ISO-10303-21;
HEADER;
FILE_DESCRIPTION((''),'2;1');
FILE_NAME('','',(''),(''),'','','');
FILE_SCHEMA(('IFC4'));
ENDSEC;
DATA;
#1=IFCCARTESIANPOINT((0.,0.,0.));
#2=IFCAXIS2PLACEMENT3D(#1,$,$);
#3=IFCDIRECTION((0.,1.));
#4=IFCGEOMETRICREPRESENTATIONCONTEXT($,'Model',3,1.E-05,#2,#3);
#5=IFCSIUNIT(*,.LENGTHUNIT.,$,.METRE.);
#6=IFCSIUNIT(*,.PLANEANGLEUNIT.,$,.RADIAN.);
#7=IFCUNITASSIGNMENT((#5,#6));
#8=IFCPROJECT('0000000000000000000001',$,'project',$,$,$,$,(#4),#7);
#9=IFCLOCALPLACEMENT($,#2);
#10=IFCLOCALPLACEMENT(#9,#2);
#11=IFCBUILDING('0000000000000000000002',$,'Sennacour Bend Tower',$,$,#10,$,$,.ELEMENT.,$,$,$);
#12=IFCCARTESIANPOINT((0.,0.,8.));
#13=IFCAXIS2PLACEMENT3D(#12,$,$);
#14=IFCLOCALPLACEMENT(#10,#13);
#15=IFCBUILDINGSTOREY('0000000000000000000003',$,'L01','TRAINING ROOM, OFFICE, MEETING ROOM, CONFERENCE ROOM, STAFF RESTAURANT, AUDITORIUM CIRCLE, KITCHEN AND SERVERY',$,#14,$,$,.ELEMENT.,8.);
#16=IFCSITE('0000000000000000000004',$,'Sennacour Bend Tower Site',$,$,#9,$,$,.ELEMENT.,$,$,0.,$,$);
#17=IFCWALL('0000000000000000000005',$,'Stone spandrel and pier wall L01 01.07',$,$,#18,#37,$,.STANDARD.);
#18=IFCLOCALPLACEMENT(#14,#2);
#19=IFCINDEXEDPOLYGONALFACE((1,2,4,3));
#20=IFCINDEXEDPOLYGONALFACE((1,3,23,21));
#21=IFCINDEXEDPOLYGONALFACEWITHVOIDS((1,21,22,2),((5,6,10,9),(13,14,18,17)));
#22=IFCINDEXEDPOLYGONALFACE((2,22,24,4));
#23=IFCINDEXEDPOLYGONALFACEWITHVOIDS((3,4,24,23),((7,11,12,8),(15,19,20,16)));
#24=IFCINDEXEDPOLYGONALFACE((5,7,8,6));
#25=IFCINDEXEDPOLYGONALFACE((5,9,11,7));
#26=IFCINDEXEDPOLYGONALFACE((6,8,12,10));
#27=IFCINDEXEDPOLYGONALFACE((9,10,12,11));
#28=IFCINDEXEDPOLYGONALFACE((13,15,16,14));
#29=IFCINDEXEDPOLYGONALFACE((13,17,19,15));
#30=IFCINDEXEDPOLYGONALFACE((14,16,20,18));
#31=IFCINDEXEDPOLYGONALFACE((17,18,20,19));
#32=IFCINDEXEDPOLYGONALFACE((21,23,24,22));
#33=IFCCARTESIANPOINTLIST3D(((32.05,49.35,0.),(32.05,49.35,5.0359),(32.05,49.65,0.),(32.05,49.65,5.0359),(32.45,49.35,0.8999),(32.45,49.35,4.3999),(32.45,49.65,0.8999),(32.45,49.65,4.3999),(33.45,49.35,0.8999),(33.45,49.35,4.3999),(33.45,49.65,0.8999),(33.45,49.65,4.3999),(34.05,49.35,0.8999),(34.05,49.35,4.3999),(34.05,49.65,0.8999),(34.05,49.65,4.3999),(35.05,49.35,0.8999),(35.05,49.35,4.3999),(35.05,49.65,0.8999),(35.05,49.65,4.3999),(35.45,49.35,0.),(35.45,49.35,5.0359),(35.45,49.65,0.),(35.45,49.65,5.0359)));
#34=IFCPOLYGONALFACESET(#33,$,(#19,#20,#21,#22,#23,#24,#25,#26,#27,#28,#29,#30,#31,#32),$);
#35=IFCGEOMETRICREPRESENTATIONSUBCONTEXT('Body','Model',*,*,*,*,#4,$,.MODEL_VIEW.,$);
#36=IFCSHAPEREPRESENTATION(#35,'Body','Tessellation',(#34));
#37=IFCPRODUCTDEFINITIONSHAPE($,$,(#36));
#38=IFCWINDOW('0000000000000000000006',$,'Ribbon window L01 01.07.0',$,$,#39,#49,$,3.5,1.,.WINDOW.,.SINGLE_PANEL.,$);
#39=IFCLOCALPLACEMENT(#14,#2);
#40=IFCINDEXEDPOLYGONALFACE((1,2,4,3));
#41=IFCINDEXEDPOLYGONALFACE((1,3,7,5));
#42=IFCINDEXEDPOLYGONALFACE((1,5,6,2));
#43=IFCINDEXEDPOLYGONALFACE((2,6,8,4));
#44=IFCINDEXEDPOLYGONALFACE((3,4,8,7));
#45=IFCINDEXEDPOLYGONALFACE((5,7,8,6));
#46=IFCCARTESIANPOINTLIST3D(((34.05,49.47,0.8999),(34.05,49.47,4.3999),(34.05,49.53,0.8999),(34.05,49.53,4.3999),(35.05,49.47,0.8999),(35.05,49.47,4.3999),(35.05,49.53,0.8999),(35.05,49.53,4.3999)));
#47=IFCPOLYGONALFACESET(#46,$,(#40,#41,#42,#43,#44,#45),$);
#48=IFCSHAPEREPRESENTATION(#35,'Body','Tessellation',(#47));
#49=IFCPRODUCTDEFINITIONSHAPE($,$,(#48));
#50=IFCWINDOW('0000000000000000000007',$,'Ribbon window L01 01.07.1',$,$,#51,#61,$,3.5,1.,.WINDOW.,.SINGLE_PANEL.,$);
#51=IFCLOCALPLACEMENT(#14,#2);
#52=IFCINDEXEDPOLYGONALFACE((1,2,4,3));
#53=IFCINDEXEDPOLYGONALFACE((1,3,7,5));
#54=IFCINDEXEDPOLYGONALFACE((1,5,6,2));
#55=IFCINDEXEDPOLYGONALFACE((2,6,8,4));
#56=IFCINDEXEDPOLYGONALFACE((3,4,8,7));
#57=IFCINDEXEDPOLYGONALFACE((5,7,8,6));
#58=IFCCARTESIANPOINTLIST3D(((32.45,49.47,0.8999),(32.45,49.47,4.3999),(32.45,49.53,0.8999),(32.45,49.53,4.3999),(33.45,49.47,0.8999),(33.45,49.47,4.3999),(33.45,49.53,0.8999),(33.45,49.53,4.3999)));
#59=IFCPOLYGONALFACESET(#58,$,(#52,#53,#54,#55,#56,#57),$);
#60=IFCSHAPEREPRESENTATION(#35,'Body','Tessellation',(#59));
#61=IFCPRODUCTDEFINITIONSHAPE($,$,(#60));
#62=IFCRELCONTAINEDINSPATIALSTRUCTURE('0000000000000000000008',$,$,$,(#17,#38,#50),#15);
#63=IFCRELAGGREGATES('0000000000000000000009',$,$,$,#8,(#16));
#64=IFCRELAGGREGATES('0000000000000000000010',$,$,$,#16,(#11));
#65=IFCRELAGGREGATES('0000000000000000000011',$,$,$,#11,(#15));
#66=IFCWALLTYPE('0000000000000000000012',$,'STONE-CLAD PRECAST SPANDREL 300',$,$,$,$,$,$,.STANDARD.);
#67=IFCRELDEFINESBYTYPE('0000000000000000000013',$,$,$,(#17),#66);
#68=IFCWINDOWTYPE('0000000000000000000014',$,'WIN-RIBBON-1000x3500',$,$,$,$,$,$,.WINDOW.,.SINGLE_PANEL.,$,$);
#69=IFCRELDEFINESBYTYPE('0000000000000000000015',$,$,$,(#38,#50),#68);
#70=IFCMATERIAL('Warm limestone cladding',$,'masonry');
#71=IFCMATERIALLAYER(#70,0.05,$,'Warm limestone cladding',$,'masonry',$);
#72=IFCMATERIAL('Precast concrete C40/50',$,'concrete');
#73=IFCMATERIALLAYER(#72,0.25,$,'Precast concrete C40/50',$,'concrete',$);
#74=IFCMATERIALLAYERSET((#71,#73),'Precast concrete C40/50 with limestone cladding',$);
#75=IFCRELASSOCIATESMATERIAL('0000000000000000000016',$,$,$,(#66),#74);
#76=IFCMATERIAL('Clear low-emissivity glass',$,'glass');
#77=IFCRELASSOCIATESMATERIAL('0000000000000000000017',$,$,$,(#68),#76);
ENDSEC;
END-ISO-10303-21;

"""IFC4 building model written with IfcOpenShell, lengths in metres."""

from ifc_helpers import new_model, si_unit, direction, frame, frame_2d, origin, place, context, subcontext, project, spatial, rectangle, extrude, material, layer, layer_set, type_object, element, fill, save


model = new_model("IFC4")

# Units and contexts
model_context = context("Model", 3, precision=1e-05, world=origin(), true_north=direction((0.0, 1.0)))
body_context = subcontext(model_context, "Body", "Model", "MODEL_VIEW")
ifc_project = project(units=[si_unit("LENGTHUNIT", "METRE"), si_unit("PLANEANGLEUNIT", "RADIAN")], contexts=[model_context])

# Site, building, storey
site_placement = place(None, origin())
site = spatial("IfcSite", under=ifc_project, at=site_placement, Name="Sennacour Bend Tower Site", CompositionType="ELEMENT", RefElevation=0.0)
building_placement = place(site_placement, origin())
building = spatial("IfcBuilding", under=site, at=building_placement, Name="Sennacour Bend Tower", CompositionType="ELEMENT")
storey_placement = place(building_placement, frame((0.0, 0.0, 8.0)))
storey = spatial("IfcBuildingStorey", under=building, at=storey_placement, Name="L01", Description="TRAINING ROOM, OFFICE, MEETING ROOM, CONFERENCE ROOM, STAFF RESTAURANT, AUDITORIUM CIRCLE, KITCHEN AND SERVERY", CompositionType="ELEMENT", Elevation=8.0)

# Wall, openings, windows
ifc_material_1 = material(Name="Warm limestone cladding", Category="masonry")
ifc_layer_1 = layer(ifc_material_1, 0.05, Name="Warm limestone cladding", Category="masonry")
ifc_material_2 = material(Name="Precast concrete C40/50", Category="concrete")
ifc_layer_2 = layer(ifc_material_2, 0.25, Name="Precast concrete C40/50", Category="concrete")
ifc_layer_set = layer_set([ifc_layer_1, ifc_layer_2], Name="Precast concrete C40/50 with limestone cladding")
wall_type = type_object("IfcWallType", Name="STONE-CLAD PRECAST SPANDREL 300", PredefinedType="STANDARD", material=ifc_layer_set)
ifc_material_3 = material(Name="Clear low-emissivity glass", Category="glass")
window_type = type_object("IfcWindowType", Name="WIN-RIBBON-1000x3500", PartitioningType="SINGLE_PANEL", PredefinedType="WINDOW", material=ifc_material_3)
wall_1_placement = place(storey_placement, frame((35.45, 49.5, 0.0), z_axis=(0.0, 0.0, 1.0), x_axis=(-1.0, 0.0, 0.0)))
wall_1 = element("IfcWall", 1, at=wall_1_placement, inside=storey, type_object=wall_type, Name="Stone spandrel and pier wall L01 01.07", PredefinedType="STANDARD", context=body_context, shape_type="SweptSolid", body=[
    extrude(rectangle(XDim=3.3999, YDim=0.3, at=frame_2d((1.7, 0.0))), origin(), (0.0, 0.0, 1.0), 5.0359),
])
opening_1_placement = place(wall_1_placement, frame((0.3999, 0.0, 0.8999)))
opening_1 = element("IfcOpeningElement", 2, at=opening_1_placement, cuts=wall_1, PredefinedType="OPENING", context=body_context, shape_type="SweptSolid", body=[
    extrude(rectangle(XDim=1.0, YDim=3.5, at=frame_2d((0.5, 1.75))), frame((0.0, 0.1602, 0.0), z_axis=(0.0, -1.0, 0.0), x_axis=(1.0, 0.0, 0.0)), (0.0, 0.0, 1.0), 0.3201),
])
opening_2_placement = place(wall_1_placement, frame((2.0, 0.0, 0.8999)))
opening_2 = element("IfcOpeningElement", 3, at=opening_2_placement, cuts=wall_1, PredefinedType="OPENING", context=body_context, shape_type="SweptSolid", body=[
    extrude(rectangle(XDim=1.0, YDim=3.5, at=frame_2d((0.5, 1.75))), frame((0.0, 0.1602, 0.0), z_axis=(0.0, -1.0, 0.0), x_axis=(1.0, 0.0, 0.0)), (0.0, 0.0, 1.0), 0.3201),
])
window_1_placement = place(opening_1_placement, origin())
window_1 = element("IfcWindow", 4, at=window_1_placement, inside=storey, type_object=window_type, Name="Ribbon window L01 01.07.0", OverallHeight=3.5, OverallWidth=1.0, PartitioningType="SINGLE_PANEL", PredefinedType="WINDOW", context=body_context, shape_type="SweptSolid", body=[
    extrude(rectangle(XDim=1.0, YDim=3.5, at=frame_2d((0.5, 1.75))), frame((0.0, 0.03, 0.0), z_axis=(0.0, -1.0, 0.0), x_axis=(1.0, 0.0, 0.0)), (0.0, 0.0, 1.0), 0.0601),
])
fill(opening_1, window_1)
window_2_placement = place(opening_2_placement, origin())
window_2 = element("IfcWindow", 5, at=window_2_placement, inside=storey, type_object=window_type, Name="Ribbon window L01 01.07.1", OverallHeight=3.5, OverallWidth=1.0, PartitioningType="SINGLE_PANEL", PredefinedType="WINDOW", context=body_context, shape_type="SweptSolid", body=[
    extrude(rectangle(XDim=1.0, YDim=3.5, at=frame_2d((0.5, 1.75))), frame((0.0, 0.03, 0.0), z_axis=(0.0, -1.0, 0.0), x_axis=(1.0, 0.0, 0.0)), (0.0, 0.0, 1.0), 0.0601),
])
fill(opening_2, window_2)

save(model, "model.ifc")
